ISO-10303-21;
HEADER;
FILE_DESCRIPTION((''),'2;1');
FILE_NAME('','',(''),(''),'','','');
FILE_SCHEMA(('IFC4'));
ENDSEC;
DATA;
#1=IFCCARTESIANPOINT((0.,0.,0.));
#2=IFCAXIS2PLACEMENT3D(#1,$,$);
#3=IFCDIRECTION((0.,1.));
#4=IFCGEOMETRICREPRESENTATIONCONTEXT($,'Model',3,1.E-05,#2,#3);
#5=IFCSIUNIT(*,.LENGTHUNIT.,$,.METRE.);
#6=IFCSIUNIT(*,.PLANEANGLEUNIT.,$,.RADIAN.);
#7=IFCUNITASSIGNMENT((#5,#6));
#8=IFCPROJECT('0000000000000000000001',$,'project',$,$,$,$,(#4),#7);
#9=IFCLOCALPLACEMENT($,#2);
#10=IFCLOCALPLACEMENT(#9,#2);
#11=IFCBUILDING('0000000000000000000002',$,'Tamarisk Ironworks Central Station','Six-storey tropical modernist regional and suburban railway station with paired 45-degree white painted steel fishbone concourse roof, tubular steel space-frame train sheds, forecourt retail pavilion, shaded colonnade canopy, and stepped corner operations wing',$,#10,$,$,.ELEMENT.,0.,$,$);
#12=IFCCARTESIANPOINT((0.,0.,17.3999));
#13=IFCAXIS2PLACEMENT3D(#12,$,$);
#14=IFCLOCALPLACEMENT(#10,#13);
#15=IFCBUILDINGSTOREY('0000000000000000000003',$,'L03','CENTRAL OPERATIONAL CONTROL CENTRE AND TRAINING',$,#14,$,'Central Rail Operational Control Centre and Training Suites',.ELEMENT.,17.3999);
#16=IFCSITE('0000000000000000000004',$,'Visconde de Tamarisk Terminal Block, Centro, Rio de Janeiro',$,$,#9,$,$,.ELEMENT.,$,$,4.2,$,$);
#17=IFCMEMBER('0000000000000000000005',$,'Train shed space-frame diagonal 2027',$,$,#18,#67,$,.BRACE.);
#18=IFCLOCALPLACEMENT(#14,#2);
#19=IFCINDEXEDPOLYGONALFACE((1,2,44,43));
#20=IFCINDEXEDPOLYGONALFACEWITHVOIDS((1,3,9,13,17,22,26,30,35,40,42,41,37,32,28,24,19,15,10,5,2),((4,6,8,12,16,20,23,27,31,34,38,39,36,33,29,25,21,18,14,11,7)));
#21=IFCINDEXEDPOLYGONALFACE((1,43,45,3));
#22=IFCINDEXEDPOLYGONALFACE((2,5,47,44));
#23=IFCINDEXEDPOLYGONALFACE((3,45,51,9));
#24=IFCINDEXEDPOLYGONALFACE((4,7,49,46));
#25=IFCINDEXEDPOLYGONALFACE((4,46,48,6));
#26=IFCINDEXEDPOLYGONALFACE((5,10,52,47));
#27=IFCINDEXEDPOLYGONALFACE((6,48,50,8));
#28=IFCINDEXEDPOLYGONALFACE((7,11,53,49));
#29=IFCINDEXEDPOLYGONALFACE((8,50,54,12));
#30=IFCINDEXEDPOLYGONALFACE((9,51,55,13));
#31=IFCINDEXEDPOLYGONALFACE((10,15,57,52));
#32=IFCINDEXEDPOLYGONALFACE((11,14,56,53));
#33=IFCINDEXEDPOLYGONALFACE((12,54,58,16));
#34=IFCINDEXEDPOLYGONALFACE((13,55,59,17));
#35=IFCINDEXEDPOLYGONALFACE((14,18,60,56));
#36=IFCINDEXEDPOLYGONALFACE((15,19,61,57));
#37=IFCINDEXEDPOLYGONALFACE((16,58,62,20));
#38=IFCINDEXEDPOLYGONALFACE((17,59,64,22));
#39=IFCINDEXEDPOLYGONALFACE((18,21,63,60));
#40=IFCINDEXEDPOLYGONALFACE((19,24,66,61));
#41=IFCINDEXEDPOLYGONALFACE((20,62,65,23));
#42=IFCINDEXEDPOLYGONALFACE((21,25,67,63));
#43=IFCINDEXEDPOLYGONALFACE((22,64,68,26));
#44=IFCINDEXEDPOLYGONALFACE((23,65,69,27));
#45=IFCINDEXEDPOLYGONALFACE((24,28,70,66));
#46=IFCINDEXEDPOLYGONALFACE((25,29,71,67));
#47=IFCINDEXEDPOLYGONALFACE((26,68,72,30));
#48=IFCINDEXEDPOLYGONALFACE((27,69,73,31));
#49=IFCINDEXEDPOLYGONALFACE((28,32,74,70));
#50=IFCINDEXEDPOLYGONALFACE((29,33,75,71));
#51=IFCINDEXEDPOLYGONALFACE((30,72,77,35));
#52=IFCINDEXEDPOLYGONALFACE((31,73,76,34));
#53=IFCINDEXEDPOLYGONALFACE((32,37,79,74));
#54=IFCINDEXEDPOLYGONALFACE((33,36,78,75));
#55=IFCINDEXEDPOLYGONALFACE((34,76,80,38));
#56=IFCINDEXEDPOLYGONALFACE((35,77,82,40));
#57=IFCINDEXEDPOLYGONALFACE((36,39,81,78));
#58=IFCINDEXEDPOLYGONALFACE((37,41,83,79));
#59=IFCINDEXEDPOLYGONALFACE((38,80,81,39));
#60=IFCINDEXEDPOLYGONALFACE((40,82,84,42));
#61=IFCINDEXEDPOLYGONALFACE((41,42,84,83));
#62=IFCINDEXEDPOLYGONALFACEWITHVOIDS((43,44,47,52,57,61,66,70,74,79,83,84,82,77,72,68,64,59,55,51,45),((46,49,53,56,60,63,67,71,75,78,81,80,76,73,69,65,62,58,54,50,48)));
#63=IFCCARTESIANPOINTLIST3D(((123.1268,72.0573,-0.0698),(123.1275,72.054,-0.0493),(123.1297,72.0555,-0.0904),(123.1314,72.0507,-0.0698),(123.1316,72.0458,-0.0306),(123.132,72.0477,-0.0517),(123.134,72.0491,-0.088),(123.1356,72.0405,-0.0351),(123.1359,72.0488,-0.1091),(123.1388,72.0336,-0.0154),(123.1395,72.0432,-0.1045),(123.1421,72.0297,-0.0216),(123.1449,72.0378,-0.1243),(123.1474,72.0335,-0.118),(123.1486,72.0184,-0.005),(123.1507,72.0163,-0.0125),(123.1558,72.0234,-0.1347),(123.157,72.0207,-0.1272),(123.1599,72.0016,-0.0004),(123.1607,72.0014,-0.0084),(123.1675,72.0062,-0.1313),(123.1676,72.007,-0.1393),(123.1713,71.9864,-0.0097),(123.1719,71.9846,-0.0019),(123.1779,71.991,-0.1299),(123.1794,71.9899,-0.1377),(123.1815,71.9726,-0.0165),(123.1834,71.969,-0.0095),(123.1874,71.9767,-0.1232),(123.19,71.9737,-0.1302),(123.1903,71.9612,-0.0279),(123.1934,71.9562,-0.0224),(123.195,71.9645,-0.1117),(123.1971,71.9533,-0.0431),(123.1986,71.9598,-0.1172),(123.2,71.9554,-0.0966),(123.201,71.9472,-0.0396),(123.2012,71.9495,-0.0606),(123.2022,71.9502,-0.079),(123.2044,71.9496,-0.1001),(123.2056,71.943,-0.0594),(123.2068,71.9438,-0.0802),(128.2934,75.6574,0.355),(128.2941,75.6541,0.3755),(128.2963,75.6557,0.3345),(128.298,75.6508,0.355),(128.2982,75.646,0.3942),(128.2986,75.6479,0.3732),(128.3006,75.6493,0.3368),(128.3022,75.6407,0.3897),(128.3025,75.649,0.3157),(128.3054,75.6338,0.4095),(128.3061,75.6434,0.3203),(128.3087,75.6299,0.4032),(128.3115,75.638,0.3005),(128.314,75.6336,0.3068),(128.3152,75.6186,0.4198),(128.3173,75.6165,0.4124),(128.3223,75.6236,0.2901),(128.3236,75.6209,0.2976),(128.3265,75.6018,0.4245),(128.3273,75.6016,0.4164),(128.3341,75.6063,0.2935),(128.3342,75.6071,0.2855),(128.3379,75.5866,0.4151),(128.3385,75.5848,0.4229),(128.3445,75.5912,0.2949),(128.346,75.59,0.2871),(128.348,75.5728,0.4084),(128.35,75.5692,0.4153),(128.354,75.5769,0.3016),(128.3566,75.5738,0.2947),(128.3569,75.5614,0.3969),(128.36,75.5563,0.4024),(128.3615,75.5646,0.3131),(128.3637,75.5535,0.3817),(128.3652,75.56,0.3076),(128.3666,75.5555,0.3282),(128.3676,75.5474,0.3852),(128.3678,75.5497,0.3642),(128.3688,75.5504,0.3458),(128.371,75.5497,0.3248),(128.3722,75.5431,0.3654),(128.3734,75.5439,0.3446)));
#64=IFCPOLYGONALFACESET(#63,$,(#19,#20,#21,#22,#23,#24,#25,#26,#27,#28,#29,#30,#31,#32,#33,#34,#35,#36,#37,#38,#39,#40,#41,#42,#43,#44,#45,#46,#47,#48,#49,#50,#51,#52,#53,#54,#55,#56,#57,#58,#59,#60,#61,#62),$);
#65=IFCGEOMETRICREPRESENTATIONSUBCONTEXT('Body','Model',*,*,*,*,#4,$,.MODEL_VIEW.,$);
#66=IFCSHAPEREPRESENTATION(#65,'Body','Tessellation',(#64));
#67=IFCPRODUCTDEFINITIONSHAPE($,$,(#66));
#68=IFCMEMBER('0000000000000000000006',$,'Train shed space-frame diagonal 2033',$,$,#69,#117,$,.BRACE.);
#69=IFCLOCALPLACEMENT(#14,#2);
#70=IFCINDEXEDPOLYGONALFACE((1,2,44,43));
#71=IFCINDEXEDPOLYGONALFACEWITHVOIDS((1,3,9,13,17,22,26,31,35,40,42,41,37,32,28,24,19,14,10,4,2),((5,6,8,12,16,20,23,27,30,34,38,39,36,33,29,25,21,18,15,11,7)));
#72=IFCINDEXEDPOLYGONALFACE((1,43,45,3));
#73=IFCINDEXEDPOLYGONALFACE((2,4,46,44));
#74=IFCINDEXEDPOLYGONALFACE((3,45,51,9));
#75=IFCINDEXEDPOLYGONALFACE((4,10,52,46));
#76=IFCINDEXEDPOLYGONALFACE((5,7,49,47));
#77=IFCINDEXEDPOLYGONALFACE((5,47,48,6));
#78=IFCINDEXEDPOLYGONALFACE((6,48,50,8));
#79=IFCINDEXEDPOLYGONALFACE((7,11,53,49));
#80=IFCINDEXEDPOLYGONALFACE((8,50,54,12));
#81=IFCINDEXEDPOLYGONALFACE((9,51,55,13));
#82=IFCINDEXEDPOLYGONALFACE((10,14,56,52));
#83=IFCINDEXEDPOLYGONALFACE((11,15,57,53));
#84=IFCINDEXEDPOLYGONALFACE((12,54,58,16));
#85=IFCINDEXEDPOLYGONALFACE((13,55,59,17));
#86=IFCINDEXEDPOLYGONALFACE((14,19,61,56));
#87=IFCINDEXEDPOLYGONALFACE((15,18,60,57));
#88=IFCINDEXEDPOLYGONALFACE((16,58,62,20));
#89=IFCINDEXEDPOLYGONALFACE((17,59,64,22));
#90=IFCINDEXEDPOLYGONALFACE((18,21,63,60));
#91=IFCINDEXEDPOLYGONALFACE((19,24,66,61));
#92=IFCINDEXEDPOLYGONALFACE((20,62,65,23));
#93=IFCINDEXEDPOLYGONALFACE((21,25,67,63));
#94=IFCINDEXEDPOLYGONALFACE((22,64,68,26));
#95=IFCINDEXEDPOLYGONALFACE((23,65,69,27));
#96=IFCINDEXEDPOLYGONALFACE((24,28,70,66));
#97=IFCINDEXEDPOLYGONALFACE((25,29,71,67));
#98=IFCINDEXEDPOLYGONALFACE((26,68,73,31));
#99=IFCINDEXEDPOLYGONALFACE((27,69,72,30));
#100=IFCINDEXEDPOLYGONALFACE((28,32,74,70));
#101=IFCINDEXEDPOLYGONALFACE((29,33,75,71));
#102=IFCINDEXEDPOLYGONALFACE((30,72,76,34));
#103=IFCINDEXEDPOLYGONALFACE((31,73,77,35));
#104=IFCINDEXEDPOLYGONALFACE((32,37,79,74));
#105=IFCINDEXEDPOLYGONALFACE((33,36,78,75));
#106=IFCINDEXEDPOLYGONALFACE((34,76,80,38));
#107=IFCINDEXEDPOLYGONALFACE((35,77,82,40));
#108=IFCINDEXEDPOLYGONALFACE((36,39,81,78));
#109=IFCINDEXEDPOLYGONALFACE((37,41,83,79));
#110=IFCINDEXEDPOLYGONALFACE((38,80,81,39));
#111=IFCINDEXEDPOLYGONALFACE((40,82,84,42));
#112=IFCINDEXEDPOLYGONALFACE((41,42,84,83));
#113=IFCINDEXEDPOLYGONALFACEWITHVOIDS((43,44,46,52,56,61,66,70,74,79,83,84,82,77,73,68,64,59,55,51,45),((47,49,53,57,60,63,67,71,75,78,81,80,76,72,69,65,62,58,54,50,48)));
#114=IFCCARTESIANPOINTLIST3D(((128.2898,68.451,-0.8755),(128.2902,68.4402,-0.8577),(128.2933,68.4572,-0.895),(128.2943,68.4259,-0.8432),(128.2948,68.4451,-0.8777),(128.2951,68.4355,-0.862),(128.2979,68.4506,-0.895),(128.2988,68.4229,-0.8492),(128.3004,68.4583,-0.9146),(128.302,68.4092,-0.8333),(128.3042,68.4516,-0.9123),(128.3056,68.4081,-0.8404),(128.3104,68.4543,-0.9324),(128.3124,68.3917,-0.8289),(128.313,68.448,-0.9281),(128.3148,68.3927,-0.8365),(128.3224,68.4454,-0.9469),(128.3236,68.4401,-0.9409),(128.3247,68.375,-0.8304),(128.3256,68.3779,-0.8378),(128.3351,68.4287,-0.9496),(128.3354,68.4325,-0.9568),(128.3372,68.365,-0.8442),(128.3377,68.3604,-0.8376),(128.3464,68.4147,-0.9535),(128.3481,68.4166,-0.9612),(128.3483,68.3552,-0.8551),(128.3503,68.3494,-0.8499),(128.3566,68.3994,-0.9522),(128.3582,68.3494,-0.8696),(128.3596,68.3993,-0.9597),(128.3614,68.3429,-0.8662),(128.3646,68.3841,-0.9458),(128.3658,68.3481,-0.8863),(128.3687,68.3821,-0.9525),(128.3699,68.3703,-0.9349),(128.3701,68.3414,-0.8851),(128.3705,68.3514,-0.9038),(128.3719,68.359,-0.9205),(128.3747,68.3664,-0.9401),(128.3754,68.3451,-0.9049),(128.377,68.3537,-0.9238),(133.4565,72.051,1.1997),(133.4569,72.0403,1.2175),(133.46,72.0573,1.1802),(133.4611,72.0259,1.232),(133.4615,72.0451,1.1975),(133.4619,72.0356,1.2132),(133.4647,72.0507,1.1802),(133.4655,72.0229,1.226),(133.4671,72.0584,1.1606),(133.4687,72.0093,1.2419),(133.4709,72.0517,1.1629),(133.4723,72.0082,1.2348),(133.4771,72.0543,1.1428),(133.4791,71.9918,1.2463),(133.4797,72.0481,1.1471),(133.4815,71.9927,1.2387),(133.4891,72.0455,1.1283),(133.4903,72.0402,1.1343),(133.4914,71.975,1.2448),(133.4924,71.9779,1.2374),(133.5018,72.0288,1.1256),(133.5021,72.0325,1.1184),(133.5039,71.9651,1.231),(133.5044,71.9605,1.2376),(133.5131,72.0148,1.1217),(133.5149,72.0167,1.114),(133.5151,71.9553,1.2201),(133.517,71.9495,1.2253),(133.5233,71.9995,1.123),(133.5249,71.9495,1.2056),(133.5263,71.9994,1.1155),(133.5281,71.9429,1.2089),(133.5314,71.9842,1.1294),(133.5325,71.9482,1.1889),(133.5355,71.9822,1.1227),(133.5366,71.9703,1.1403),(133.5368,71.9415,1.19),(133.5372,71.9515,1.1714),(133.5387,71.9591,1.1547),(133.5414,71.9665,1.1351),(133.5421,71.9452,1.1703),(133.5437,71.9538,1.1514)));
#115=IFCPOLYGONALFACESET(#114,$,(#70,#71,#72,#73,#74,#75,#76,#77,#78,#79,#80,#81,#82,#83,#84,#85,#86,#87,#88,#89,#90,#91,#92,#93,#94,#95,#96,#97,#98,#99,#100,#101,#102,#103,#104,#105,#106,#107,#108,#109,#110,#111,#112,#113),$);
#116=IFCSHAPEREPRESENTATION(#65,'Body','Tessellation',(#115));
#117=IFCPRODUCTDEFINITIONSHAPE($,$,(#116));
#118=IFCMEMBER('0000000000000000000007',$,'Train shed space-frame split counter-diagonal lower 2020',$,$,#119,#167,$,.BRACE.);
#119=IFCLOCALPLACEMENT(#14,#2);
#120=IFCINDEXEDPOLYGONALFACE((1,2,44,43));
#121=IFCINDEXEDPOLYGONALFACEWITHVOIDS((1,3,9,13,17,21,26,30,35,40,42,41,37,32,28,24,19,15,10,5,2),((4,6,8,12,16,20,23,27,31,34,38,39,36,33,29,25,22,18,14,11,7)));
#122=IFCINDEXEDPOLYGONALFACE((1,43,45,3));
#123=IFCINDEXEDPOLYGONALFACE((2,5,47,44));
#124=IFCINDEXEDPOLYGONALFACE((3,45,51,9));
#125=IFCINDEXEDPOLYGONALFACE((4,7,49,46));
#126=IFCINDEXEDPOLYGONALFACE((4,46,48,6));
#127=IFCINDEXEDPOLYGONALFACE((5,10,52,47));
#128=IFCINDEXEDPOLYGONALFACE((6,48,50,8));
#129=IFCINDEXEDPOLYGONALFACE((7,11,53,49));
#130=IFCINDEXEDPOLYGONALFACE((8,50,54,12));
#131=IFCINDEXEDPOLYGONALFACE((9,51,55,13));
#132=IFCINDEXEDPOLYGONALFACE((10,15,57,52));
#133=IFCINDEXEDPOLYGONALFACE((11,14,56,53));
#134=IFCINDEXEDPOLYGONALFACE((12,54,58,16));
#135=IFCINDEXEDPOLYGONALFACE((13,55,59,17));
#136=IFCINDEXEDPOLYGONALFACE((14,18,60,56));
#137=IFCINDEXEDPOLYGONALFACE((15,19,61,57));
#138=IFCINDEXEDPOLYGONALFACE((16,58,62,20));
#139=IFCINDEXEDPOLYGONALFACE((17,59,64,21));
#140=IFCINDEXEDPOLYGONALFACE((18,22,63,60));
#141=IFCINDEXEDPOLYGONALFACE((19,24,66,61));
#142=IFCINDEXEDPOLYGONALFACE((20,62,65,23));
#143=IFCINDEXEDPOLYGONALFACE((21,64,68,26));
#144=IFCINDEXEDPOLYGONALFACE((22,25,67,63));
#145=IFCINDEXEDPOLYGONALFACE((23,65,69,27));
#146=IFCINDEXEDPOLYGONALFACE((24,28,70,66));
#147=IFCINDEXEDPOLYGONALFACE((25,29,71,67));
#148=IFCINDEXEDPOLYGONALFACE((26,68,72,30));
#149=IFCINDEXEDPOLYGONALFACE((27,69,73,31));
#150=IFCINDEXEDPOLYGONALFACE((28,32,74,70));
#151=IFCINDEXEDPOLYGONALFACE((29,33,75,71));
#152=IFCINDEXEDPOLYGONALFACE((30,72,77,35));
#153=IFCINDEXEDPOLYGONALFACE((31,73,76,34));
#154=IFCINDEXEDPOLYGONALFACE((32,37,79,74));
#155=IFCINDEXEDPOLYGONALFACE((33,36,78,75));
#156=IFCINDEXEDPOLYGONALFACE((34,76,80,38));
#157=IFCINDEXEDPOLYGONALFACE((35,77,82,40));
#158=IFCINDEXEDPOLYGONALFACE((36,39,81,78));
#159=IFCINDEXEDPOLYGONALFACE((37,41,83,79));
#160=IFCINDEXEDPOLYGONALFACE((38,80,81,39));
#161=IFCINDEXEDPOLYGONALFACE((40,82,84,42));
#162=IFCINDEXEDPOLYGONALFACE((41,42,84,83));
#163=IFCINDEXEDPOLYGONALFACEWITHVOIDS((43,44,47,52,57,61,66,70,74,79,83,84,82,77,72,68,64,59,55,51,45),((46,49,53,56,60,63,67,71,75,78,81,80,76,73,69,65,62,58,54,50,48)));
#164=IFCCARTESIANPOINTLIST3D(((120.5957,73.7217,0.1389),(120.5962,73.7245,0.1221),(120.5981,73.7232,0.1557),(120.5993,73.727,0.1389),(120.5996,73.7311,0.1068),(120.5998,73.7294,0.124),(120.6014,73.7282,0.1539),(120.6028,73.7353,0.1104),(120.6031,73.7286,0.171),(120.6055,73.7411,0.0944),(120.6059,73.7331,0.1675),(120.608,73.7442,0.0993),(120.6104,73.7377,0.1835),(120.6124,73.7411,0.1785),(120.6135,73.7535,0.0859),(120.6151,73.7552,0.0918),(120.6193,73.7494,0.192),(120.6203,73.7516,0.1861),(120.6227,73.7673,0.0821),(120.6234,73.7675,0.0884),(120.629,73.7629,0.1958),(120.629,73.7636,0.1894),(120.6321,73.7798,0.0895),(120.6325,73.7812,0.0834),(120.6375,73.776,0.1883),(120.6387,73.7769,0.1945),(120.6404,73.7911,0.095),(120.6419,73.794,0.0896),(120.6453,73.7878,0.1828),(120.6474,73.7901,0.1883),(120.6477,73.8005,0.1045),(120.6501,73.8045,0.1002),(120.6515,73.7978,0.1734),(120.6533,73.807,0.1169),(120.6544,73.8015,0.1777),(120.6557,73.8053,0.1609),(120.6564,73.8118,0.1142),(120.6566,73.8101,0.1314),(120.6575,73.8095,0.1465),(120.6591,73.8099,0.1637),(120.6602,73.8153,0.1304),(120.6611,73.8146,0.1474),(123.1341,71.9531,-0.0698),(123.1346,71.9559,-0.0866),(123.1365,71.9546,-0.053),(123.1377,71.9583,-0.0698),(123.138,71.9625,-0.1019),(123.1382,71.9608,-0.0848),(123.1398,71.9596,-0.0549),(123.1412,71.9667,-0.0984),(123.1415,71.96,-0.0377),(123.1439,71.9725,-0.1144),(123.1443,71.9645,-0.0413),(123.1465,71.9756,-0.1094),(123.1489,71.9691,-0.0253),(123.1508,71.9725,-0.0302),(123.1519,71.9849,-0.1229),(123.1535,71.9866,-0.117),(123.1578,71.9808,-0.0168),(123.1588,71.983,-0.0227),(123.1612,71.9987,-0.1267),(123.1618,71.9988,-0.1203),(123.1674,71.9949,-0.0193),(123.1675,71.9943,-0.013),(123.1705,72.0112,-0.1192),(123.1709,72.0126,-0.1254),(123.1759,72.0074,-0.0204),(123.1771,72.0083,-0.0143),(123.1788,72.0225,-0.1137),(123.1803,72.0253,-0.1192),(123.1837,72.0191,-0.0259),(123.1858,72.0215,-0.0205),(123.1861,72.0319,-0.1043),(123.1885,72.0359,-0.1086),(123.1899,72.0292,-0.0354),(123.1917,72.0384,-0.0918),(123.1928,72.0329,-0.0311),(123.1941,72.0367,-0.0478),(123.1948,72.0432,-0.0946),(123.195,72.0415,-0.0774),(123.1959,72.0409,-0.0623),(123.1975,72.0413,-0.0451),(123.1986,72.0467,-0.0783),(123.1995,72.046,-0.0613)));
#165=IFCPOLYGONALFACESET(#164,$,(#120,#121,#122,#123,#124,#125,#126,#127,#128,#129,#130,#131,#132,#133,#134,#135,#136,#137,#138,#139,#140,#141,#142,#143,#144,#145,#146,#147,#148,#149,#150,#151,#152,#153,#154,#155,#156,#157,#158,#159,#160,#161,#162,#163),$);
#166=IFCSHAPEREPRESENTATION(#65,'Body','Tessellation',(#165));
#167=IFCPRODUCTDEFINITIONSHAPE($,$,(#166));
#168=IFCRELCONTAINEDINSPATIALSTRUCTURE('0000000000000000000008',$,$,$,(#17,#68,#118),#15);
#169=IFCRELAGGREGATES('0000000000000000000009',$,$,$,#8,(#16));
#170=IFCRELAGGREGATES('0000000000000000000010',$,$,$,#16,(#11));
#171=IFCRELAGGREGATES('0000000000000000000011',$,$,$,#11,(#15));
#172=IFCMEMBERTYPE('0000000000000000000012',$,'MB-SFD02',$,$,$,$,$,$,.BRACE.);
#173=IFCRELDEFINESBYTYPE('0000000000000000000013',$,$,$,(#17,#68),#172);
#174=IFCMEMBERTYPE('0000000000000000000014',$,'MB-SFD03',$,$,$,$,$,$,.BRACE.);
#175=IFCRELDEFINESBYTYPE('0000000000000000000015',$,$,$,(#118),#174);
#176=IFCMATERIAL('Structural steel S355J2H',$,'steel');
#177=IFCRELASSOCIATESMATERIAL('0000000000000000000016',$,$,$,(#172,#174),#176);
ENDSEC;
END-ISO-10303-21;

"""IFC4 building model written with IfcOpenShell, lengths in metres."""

from ifc_helpers import new_model, si_unit, direction, frame, origin, origin_2d, place, context, subcontext, project, spatial, hollow_circle, extrude, material, material_profile, profile_set, type_object, element, save


model = new_model("IFC4")

# Units and contexts
model_context = context("Model", 3, precision=1e-05, world=origin(), true_north=direction((0.0, 1.0)))
body_context = subcontext(model_context, "Body", "Model", "MODEL_VIEW")
ifc_project = project(units=[si_unit("LENGTHUNIT", "METRE"), si_unit("PLANEANGLEUNIT", "RADIAN")], contexts=[model_context])

# Site, building, storey
site_placement = place(None, origin())
site = spatial("IfcSite", under=ifc_project, at=site_placement, Name="Visconde de Tamarisk Terminal Block, Centro, Rio de Janeiro", CompositionType="ELEMENT", RefElevation=4.2)
building_placement = place(site_placement, origin())
building = spatial("IfcBuilding", under=site, at=building_placement, Name="Tamarisk Ironworks Central Station", Description="Six-storey tropical modernist regional and suburban railway station with paired 45-degree white painted steel fishbone concourse roof, tubular steel space-frame train sheds, forecourt retail pavilion, shaded colonnade canopy, and stepped corner operations wing", CompositionType="ELEMENT", ElevationOfRefHeight=0.0)
storey_placement = place(building_placement, frame((0.0, 0.0, 17.3999)))
storey = spatial("IfcBuildingStorey", under=building, at=storey_placement, Name="L03", Description="CENTRAL OPERATIONAL CONTROL CENTRE AND TRAINING", LongName="Central Rail Operational Control Centre and Training Suites", CompositionType="ELEMENT", Elevation=17.3999)

# Members
ifc_material_1 = material(Name="Structural steel S355J2H", Category="steel")
ifc_material_profile_1 = material_profile(ifc_material_1, hollow_circle(Radius=0.0698, WallThickness=0.0081, at=origin_2d()), Name="CHS 139.7x8")
ifc_profile_set_1 = profile_set([ifc_material_profile_1], Name="Structural steel S355J2H")
member_type_1 = type_object("IfcMemberType", Name="MB-SFD02", PredefinedType="BRACE", material=ifc_profile_set_1)
member_1_placement = place(storey_placement, frame((123.1667, 72.0, -0.0698), z_axis=(0.818597, 0.570411, 0.067307), x_axis=(-0.571707, 0.820458, 0.0)))
element("IfcMember", 1, at=member_1_placement, inside=storey, type_object=member_type_1, Name="Train shed space-frame diagonal 2027", PredefinedType="BRACE", context=body_context, shape_type="SweptSolid", body=[
    extrude(hollow_circle(Radius=0.0698, WallThickness=0.0081, at=origin_2d()), origin(), (0.0, 0.0, 1.0), 6.3115),
])
member_2_placement = place(storey_placement, frame((128.3333, 68.3999, -0.895), z_axis=(0.779249, 0.542967, 0.312981), x_axis=(-0.571689, 0.82047, 0.0)))
element("IfcMember", 2, at=member_2_placement, inside=storey, type_object=member_type_1, Name="Train shed space-frame diagonal 2033", PredefinedType="BRACE", context=body_context, shape_type="SweptSolid", body=[
    extrude(hollow_circle(Radius=0.0698, WallThickness=0.0081, at=origin_2d()), origin(), (0.0, 0.0, 1.0), 6.6304),
])
ifc_material_profile_2 = material_profile(ifc_material_1, hollow_circle(Radius=0.0571, WallThickness=0.0063, at=origin_2d()), Name="CHS 114.3x6.3")
ifc_profile_set_2 = profile_set([ifc_material_profile_2], Name="Structural steel S355J2H")
member_type_2 = type_object("IfcMemberType", Name="MB-SFD03", PredefinedType="BRACE", material=ifc_profile_set_2)
member_3_placement = place(storey_placement, frame((123.1667, 72.0, -0.0698), z_axis=(-0.818625, 0.570369, 0.06732), x_axis=(-0.571666, -0.820487, 0.0)))
element("IfcMember", 3, at=member_3_placement, inside=storey, type_object=member_type_2, Name="Train shed space-frame split counter-diagonal lower 2020", PredefinedType="BRACE", context=body_context, shape_type="SweptSolid", body=[
    extrude(hollow_circle(Radius=0.0571, WallThickness=0.0063, at=origin_2d()), origin(), (0.0, 0.0, 1.0), 3.1008),
])

save(model, "model.ifc")
